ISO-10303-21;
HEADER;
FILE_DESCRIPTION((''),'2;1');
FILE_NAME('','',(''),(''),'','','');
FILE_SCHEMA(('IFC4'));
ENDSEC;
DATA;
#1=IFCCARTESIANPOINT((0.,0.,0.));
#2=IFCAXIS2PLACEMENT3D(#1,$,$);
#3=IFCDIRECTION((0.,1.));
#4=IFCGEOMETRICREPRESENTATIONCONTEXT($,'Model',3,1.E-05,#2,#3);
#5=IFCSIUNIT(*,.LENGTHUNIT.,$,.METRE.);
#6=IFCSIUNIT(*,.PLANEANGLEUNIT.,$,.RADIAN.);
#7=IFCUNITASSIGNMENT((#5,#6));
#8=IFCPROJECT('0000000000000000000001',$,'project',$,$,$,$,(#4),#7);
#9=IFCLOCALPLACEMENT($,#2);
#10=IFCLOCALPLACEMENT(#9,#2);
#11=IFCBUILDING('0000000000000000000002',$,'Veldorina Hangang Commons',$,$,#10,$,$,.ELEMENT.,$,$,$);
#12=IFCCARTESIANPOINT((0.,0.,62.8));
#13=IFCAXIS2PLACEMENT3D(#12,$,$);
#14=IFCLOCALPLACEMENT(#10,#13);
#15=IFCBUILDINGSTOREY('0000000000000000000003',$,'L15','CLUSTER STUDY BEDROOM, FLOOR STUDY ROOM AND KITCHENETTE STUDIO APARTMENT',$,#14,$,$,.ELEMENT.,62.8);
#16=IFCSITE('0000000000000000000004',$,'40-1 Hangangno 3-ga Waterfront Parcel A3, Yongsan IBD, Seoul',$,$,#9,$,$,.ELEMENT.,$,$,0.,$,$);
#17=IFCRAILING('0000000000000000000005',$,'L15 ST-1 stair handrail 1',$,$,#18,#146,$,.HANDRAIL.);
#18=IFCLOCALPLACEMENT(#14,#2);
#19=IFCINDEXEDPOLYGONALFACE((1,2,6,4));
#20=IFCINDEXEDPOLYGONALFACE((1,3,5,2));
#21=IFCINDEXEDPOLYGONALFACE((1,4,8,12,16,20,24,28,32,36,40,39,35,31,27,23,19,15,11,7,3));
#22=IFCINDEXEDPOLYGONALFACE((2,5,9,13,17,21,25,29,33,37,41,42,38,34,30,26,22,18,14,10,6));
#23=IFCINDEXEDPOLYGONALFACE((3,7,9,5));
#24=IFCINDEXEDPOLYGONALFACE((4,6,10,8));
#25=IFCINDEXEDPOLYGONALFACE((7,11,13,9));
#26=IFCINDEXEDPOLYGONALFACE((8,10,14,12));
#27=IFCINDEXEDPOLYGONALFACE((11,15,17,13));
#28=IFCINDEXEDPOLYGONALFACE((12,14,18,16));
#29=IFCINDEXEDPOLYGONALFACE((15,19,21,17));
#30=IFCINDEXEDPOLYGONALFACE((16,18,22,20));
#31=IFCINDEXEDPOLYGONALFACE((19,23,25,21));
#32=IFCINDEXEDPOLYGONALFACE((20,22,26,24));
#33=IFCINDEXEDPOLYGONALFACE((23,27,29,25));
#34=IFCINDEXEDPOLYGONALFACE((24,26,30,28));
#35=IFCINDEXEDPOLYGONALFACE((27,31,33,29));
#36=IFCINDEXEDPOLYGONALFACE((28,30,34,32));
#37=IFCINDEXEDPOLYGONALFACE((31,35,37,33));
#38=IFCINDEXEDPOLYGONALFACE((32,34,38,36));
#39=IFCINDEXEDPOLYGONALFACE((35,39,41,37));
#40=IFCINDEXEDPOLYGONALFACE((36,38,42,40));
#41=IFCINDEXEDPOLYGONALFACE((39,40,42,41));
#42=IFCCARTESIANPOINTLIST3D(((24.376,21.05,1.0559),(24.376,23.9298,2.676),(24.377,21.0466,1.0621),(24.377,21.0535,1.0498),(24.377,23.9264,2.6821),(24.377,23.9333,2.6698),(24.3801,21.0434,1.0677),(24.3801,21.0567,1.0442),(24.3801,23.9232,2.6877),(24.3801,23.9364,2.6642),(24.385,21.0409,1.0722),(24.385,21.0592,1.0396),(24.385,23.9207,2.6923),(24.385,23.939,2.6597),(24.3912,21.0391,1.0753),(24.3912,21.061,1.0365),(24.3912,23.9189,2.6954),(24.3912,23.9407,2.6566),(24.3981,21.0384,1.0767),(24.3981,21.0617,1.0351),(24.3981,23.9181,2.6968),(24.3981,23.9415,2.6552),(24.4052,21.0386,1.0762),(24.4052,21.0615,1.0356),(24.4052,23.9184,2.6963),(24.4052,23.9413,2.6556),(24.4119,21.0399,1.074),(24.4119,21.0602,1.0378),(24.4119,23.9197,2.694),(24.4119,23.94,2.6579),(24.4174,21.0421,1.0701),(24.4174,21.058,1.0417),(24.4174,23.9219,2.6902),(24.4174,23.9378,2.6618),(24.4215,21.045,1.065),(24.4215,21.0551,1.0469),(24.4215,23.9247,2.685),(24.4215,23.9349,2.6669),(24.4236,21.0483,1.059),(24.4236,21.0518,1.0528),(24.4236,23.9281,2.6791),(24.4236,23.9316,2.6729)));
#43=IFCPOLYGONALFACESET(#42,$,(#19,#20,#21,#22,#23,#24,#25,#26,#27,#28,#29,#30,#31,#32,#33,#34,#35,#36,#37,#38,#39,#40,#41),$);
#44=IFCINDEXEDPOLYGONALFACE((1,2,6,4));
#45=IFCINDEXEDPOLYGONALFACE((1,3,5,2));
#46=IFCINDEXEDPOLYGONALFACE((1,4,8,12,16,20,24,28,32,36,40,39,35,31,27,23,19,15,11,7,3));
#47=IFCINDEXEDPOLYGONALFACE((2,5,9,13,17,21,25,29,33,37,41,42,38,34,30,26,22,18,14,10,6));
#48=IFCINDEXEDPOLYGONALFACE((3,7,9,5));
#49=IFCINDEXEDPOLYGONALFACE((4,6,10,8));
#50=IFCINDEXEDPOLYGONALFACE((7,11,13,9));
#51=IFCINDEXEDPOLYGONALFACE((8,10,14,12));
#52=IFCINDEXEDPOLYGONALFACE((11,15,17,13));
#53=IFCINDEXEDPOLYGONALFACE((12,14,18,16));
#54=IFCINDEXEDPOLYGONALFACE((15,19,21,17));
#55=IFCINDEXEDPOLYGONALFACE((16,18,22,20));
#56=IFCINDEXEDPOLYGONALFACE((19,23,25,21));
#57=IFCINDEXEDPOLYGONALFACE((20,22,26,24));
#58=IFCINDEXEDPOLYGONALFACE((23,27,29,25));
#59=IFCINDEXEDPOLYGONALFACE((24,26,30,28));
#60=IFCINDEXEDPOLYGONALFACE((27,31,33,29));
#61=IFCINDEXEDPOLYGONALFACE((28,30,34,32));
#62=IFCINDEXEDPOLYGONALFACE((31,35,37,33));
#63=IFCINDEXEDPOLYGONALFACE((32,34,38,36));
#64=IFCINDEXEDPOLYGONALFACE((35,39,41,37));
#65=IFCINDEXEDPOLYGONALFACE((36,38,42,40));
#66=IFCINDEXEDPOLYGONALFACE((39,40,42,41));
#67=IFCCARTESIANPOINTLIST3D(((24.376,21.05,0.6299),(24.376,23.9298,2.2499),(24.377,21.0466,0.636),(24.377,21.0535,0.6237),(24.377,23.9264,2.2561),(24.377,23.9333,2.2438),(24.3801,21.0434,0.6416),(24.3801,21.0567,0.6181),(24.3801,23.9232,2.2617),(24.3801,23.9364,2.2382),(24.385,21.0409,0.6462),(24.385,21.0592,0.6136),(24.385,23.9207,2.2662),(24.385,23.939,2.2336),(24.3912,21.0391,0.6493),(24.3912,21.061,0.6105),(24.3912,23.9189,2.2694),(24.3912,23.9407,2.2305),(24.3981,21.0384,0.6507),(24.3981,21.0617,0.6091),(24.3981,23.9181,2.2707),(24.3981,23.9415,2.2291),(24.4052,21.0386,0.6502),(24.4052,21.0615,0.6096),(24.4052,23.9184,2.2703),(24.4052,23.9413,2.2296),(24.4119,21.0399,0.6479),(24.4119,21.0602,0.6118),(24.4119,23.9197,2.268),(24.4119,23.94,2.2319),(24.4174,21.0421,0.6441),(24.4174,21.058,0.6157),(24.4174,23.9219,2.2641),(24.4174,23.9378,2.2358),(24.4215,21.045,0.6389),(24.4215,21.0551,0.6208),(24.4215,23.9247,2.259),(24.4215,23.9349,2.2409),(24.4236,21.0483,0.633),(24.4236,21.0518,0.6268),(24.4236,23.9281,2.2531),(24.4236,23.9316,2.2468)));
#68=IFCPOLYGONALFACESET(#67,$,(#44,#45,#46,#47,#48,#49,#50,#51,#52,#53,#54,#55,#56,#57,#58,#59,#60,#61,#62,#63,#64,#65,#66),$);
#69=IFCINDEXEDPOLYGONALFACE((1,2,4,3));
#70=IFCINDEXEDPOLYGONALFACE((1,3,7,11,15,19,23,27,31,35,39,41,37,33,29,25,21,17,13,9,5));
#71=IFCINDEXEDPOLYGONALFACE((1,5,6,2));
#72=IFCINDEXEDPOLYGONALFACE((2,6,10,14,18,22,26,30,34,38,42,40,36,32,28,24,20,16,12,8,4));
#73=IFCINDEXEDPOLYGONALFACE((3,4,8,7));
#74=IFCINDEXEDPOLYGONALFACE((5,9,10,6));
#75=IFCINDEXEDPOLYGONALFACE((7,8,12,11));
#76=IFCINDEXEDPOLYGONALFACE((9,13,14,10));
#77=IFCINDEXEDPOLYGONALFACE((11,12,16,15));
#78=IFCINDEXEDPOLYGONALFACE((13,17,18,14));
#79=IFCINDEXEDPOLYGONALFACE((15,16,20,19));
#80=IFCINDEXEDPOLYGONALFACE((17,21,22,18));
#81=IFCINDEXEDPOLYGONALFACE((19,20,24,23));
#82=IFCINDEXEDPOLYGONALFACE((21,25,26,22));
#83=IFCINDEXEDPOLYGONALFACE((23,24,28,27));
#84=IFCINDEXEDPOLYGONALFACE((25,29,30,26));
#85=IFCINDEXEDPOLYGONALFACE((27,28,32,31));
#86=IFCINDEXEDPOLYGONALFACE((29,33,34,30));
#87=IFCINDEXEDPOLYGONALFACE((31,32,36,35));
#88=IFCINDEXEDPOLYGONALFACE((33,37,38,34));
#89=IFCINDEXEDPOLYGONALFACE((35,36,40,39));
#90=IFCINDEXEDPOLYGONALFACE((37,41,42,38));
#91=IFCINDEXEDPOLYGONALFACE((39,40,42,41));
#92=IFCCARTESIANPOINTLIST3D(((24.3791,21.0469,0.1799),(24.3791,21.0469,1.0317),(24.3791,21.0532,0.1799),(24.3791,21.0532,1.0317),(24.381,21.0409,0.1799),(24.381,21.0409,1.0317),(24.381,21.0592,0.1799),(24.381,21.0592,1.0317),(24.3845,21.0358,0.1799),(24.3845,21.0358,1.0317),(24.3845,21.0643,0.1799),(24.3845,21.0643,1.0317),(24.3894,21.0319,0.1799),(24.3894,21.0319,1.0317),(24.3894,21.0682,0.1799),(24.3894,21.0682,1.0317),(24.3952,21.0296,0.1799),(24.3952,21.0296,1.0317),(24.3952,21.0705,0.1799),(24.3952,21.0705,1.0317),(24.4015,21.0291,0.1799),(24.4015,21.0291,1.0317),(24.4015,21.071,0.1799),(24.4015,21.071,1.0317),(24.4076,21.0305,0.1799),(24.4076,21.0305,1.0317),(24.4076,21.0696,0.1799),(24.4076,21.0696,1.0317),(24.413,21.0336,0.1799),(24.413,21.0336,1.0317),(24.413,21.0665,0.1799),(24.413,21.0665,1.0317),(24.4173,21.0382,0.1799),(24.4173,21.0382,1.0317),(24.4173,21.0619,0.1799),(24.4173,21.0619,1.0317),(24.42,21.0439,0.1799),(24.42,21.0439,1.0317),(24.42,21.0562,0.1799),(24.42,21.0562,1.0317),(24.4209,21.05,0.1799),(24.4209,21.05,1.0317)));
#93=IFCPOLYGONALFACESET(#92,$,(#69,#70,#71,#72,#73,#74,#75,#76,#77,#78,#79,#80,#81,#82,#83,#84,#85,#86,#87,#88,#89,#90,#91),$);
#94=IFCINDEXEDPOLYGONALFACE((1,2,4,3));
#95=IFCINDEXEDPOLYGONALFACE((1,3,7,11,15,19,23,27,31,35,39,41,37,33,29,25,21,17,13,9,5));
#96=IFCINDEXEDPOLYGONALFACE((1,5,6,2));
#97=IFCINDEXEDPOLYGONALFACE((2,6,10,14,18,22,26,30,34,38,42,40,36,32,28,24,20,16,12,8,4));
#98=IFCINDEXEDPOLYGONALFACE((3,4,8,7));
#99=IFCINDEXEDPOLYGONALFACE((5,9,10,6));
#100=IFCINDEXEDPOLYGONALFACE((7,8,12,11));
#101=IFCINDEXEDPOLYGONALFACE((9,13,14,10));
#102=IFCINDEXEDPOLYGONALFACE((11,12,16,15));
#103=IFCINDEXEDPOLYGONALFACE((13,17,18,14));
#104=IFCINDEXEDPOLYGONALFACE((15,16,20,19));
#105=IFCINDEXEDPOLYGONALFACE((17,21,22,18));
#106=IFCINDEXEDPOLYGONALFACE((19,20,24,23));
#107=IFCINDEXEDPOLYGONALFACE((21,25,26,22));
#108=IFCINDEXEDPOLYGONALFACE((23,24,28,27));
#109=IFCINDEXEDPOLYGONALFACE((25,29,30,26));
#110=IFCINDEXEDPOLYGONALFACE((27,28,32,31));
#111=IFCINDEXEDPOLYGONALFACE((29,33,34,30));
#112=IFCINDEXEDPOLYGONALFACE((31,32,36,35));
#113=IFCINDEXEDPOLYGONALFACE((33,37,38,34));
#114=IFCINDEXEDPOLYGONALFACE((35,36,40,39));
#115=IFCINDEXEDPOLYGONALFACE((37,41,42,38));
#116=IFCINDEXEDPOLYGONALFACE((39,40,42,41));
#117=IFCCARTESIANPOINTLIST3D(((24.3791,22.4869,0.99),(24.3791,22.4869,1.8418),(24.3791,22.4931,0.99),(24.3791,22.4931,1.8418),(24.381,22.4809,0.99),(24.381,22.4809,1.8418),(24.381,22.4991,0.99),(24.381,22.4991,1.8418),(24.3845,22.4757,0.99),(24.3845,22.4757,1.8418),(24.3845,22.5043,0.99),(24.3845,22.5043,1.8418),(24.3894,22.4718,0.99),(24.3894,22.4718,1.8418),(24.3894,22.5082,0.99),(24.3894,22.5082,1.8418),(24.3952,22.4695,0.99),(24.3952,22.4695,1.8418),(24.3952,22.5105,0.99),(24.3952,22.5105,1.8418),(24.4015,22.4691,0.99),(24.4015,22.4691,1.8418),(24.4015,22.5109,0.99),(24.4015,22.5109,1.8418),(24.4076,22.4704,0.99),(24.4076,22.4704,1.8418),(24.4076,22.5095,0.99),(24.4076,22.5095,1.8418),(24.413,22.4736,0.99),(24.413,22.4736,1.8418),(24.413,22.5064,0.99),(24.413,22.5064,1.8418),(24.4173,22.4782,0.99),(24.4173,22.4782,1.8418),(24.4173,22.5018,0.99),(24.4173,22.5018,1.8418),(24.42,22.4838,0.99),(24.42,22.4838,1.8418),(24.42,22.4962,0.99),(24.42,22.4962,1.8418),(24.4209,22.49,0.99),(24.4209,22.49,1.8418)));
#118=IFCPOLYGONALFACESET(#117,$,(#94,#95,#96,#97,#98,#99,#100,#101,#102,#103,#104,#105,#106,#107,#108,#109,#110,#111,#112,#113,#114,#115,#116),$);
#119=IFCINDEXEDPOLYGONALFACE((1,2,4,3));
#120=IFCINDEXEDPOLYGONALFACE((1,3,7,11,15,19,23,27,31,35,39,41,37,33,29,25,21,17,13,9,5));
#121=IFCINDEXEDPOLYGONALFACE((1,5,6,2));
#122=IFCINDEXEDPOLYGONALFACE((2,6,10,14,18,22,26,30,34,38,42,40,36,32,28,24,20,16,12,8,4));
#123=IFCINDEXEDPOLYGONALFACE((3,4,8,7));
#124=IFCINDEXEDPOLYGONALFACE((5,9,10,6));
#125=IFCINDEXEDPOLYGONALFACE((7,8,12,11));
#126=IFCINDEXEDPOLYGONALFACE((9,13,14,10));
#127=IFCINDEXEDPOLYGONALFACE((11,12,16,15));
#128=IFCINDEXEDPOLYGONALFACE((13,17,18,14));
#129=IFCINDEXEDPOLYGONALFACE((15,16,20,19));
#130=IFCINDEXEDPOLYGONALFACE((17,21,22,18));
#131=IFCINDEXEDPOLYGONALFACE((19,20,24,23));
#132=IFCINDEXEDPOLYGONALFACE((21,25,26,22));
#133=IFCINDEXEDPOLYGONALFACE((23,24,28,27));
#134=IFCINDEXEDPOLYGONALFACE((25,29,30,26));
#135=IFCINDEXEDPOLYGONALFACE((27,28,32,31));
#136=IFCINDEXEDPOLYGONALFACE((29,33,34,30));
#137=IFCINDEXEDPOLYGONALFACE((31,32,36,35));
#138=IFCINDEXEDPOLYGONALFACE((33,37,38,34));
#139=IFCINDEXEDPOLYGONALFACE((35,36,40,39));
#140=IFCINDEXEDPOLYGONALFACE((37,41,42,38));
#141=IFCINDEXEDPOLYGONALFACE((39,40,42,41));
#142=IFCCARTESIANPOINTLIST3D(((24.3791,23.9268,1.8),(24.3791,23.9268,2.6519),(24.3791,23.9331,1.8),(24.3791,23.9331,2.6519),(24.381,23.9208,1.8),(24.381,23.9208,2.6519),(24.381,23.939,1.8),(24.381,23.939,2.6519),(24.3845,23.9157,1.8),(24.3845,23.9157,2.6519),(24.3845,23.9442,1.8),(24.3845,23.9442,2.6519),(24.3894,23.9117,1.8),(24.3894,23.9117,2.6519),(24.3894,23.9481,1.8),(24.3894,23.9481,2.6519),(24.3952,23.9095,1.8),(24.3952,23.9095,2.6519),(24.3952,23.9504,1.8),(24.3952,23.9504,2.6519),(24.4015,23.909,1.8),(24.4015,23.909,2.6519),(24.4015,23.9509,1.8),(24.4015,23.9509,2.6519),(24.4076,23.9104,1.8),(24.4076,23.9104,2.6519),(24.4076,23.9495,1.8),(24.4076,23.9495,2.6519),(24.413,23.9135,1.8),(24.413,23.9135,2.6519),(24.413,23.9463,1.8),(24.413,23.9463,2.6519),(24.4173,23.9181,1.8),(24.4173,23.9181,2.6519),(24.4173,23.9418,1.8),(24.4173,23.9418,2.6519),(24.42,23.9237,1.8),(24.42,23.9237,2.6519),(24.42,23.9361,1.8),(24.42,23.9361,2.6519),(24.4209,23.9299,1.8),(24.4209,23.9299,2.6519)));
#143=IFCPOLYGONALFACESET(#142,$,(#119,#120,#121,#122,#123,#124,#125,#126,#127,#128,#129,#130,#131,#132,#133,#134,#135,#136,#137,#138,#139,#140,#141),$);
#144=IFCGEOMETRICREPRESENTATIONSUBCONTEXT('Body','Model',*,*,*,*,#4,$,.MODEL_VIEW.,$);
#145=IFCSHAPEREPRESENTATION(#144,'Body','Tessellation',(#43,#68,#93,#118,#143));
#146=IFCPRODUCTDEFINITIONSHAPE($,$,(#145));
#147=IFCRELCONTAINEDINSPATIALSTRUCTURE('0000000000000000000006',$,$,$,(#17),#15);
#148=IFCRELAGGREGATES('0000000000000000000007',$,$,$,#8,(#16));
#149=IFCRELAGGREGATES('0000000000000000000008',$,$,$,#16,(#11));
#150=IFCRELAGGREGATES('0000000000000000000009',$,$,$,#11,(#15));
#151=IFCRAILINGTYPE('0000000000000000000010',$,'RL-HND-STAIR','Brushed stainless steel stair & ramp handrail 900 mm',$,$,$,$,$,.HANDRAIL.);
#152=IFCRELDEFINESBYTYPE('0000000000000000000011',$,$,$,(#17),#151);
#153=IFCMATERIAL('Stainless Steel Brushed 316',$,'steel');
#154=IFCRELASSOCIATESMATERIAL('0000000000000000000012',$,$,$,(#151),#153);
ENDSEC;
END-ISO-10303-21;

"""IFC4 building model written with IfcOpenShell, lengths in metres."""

from ifc_helpers import new_model, si_unit, direction, frame, origin, origin_2d, place, context, subcontext, project, spatial, circle, extrude, material, type_object, element, save


model = new_model("IFC4")

# Units and contexts
model_context = context("Model", 3, precision=1e-05, world=origin(), true_north=direction((0.0, 1.0)))
body_context = subcontext(model_context, "Body", "Model", "MODEL_VIEW")
ifc_project = project(units=[si_unit("LENGTHUNIT", "METRE"), si_unit("PLANEANGLEUNIT", "RADIAN")], contexts=[model_context])

# Site, building, storey
site_placement = place(None, origin())
site = spatial("IfcSite", under=ifc_project, at=site_placement, Name="40-1 Hangangno 3-ga Waterfront Parcel A3, Yongsan IBD, Seoul", CompositionType="ELEMENT", RefElevation=0.0)
building_placement = place(site_placement, origin())
building = spatial("IfcBuilding", under=site, at=building_placement, Name="Veldorina Hangang Commons", CompositionType="ELEMENT")
storey_placement = place(building_placement, frame((0.0, 0.0, 62.8)))
storey = spatial("IfcBuildingStorey", under=building, at=storey_placement, Name="L15", Description="CLUSTER STUDY BEDROOM, FLOOR STUDY ROOM AND KITCHENETTE STUDIO APARTMENT", CompositionType="ELEMENT", Elevation=62.8)

# Railing
ifc_material_1 = material(Name="Stainless Steel Brushed 316", Category="steel")
railing_type_1 = type_object("IfcRailingType", Name="RL-HND-STAIR", Description="Brushed stainless steel stair & ramp handrail 900 mm", PredefinedType="HANDRAIL", material=ifc_material_1)
railing_1_placement = place(storey_placement, frame((24.3999, 21.05, 0.1799)))
element("IfcRailing", 1, at=railing_1_placement, inside=storey, type_object=railing_type_1, Name="L15 ST-1 stair handrail 1", PredefinedType="HANDRAIL", context=body_context, shape_type="SweptSolid", body=[
    extrude(circle(Radius=0.0239, at=origin_2d()), frame((0.0, 0.0, 0.876), z_axis=(0.0, 0.871552, 0.490303), x_axis=(-1.0, 0.0, 0.0)), (0.0, 0.0, 1.0), 3.3042),
    extrude(circle(Radius=0.0239, at=origin_2d()), frame((0.0, 0.0, 0.45), z_axis=(0.0, 0.871552, 0.490303), x_axis=(-1.0, 0.0, 0.0)), (0.0, 0.0, 1.0), 3.3042),
    extrude(circle(Radius=0.021, at=origin_2d()), origin(), (0.0, 0.0, 1.0), 0.8518),
    extrude(circle(Radius=0.021, at=origin_2d()), frame((0.0, 1.4399, 0.8101)), (0.0, 0.0, 1.0), 0.8518),
    extrude(circle(Radius=0.021, at=origin_2d()), frame((0.0, 2.8799, 1.6201)), (0.0, 0.0, 1.0), 0.8518),
])

save(model, "model.ifc")
